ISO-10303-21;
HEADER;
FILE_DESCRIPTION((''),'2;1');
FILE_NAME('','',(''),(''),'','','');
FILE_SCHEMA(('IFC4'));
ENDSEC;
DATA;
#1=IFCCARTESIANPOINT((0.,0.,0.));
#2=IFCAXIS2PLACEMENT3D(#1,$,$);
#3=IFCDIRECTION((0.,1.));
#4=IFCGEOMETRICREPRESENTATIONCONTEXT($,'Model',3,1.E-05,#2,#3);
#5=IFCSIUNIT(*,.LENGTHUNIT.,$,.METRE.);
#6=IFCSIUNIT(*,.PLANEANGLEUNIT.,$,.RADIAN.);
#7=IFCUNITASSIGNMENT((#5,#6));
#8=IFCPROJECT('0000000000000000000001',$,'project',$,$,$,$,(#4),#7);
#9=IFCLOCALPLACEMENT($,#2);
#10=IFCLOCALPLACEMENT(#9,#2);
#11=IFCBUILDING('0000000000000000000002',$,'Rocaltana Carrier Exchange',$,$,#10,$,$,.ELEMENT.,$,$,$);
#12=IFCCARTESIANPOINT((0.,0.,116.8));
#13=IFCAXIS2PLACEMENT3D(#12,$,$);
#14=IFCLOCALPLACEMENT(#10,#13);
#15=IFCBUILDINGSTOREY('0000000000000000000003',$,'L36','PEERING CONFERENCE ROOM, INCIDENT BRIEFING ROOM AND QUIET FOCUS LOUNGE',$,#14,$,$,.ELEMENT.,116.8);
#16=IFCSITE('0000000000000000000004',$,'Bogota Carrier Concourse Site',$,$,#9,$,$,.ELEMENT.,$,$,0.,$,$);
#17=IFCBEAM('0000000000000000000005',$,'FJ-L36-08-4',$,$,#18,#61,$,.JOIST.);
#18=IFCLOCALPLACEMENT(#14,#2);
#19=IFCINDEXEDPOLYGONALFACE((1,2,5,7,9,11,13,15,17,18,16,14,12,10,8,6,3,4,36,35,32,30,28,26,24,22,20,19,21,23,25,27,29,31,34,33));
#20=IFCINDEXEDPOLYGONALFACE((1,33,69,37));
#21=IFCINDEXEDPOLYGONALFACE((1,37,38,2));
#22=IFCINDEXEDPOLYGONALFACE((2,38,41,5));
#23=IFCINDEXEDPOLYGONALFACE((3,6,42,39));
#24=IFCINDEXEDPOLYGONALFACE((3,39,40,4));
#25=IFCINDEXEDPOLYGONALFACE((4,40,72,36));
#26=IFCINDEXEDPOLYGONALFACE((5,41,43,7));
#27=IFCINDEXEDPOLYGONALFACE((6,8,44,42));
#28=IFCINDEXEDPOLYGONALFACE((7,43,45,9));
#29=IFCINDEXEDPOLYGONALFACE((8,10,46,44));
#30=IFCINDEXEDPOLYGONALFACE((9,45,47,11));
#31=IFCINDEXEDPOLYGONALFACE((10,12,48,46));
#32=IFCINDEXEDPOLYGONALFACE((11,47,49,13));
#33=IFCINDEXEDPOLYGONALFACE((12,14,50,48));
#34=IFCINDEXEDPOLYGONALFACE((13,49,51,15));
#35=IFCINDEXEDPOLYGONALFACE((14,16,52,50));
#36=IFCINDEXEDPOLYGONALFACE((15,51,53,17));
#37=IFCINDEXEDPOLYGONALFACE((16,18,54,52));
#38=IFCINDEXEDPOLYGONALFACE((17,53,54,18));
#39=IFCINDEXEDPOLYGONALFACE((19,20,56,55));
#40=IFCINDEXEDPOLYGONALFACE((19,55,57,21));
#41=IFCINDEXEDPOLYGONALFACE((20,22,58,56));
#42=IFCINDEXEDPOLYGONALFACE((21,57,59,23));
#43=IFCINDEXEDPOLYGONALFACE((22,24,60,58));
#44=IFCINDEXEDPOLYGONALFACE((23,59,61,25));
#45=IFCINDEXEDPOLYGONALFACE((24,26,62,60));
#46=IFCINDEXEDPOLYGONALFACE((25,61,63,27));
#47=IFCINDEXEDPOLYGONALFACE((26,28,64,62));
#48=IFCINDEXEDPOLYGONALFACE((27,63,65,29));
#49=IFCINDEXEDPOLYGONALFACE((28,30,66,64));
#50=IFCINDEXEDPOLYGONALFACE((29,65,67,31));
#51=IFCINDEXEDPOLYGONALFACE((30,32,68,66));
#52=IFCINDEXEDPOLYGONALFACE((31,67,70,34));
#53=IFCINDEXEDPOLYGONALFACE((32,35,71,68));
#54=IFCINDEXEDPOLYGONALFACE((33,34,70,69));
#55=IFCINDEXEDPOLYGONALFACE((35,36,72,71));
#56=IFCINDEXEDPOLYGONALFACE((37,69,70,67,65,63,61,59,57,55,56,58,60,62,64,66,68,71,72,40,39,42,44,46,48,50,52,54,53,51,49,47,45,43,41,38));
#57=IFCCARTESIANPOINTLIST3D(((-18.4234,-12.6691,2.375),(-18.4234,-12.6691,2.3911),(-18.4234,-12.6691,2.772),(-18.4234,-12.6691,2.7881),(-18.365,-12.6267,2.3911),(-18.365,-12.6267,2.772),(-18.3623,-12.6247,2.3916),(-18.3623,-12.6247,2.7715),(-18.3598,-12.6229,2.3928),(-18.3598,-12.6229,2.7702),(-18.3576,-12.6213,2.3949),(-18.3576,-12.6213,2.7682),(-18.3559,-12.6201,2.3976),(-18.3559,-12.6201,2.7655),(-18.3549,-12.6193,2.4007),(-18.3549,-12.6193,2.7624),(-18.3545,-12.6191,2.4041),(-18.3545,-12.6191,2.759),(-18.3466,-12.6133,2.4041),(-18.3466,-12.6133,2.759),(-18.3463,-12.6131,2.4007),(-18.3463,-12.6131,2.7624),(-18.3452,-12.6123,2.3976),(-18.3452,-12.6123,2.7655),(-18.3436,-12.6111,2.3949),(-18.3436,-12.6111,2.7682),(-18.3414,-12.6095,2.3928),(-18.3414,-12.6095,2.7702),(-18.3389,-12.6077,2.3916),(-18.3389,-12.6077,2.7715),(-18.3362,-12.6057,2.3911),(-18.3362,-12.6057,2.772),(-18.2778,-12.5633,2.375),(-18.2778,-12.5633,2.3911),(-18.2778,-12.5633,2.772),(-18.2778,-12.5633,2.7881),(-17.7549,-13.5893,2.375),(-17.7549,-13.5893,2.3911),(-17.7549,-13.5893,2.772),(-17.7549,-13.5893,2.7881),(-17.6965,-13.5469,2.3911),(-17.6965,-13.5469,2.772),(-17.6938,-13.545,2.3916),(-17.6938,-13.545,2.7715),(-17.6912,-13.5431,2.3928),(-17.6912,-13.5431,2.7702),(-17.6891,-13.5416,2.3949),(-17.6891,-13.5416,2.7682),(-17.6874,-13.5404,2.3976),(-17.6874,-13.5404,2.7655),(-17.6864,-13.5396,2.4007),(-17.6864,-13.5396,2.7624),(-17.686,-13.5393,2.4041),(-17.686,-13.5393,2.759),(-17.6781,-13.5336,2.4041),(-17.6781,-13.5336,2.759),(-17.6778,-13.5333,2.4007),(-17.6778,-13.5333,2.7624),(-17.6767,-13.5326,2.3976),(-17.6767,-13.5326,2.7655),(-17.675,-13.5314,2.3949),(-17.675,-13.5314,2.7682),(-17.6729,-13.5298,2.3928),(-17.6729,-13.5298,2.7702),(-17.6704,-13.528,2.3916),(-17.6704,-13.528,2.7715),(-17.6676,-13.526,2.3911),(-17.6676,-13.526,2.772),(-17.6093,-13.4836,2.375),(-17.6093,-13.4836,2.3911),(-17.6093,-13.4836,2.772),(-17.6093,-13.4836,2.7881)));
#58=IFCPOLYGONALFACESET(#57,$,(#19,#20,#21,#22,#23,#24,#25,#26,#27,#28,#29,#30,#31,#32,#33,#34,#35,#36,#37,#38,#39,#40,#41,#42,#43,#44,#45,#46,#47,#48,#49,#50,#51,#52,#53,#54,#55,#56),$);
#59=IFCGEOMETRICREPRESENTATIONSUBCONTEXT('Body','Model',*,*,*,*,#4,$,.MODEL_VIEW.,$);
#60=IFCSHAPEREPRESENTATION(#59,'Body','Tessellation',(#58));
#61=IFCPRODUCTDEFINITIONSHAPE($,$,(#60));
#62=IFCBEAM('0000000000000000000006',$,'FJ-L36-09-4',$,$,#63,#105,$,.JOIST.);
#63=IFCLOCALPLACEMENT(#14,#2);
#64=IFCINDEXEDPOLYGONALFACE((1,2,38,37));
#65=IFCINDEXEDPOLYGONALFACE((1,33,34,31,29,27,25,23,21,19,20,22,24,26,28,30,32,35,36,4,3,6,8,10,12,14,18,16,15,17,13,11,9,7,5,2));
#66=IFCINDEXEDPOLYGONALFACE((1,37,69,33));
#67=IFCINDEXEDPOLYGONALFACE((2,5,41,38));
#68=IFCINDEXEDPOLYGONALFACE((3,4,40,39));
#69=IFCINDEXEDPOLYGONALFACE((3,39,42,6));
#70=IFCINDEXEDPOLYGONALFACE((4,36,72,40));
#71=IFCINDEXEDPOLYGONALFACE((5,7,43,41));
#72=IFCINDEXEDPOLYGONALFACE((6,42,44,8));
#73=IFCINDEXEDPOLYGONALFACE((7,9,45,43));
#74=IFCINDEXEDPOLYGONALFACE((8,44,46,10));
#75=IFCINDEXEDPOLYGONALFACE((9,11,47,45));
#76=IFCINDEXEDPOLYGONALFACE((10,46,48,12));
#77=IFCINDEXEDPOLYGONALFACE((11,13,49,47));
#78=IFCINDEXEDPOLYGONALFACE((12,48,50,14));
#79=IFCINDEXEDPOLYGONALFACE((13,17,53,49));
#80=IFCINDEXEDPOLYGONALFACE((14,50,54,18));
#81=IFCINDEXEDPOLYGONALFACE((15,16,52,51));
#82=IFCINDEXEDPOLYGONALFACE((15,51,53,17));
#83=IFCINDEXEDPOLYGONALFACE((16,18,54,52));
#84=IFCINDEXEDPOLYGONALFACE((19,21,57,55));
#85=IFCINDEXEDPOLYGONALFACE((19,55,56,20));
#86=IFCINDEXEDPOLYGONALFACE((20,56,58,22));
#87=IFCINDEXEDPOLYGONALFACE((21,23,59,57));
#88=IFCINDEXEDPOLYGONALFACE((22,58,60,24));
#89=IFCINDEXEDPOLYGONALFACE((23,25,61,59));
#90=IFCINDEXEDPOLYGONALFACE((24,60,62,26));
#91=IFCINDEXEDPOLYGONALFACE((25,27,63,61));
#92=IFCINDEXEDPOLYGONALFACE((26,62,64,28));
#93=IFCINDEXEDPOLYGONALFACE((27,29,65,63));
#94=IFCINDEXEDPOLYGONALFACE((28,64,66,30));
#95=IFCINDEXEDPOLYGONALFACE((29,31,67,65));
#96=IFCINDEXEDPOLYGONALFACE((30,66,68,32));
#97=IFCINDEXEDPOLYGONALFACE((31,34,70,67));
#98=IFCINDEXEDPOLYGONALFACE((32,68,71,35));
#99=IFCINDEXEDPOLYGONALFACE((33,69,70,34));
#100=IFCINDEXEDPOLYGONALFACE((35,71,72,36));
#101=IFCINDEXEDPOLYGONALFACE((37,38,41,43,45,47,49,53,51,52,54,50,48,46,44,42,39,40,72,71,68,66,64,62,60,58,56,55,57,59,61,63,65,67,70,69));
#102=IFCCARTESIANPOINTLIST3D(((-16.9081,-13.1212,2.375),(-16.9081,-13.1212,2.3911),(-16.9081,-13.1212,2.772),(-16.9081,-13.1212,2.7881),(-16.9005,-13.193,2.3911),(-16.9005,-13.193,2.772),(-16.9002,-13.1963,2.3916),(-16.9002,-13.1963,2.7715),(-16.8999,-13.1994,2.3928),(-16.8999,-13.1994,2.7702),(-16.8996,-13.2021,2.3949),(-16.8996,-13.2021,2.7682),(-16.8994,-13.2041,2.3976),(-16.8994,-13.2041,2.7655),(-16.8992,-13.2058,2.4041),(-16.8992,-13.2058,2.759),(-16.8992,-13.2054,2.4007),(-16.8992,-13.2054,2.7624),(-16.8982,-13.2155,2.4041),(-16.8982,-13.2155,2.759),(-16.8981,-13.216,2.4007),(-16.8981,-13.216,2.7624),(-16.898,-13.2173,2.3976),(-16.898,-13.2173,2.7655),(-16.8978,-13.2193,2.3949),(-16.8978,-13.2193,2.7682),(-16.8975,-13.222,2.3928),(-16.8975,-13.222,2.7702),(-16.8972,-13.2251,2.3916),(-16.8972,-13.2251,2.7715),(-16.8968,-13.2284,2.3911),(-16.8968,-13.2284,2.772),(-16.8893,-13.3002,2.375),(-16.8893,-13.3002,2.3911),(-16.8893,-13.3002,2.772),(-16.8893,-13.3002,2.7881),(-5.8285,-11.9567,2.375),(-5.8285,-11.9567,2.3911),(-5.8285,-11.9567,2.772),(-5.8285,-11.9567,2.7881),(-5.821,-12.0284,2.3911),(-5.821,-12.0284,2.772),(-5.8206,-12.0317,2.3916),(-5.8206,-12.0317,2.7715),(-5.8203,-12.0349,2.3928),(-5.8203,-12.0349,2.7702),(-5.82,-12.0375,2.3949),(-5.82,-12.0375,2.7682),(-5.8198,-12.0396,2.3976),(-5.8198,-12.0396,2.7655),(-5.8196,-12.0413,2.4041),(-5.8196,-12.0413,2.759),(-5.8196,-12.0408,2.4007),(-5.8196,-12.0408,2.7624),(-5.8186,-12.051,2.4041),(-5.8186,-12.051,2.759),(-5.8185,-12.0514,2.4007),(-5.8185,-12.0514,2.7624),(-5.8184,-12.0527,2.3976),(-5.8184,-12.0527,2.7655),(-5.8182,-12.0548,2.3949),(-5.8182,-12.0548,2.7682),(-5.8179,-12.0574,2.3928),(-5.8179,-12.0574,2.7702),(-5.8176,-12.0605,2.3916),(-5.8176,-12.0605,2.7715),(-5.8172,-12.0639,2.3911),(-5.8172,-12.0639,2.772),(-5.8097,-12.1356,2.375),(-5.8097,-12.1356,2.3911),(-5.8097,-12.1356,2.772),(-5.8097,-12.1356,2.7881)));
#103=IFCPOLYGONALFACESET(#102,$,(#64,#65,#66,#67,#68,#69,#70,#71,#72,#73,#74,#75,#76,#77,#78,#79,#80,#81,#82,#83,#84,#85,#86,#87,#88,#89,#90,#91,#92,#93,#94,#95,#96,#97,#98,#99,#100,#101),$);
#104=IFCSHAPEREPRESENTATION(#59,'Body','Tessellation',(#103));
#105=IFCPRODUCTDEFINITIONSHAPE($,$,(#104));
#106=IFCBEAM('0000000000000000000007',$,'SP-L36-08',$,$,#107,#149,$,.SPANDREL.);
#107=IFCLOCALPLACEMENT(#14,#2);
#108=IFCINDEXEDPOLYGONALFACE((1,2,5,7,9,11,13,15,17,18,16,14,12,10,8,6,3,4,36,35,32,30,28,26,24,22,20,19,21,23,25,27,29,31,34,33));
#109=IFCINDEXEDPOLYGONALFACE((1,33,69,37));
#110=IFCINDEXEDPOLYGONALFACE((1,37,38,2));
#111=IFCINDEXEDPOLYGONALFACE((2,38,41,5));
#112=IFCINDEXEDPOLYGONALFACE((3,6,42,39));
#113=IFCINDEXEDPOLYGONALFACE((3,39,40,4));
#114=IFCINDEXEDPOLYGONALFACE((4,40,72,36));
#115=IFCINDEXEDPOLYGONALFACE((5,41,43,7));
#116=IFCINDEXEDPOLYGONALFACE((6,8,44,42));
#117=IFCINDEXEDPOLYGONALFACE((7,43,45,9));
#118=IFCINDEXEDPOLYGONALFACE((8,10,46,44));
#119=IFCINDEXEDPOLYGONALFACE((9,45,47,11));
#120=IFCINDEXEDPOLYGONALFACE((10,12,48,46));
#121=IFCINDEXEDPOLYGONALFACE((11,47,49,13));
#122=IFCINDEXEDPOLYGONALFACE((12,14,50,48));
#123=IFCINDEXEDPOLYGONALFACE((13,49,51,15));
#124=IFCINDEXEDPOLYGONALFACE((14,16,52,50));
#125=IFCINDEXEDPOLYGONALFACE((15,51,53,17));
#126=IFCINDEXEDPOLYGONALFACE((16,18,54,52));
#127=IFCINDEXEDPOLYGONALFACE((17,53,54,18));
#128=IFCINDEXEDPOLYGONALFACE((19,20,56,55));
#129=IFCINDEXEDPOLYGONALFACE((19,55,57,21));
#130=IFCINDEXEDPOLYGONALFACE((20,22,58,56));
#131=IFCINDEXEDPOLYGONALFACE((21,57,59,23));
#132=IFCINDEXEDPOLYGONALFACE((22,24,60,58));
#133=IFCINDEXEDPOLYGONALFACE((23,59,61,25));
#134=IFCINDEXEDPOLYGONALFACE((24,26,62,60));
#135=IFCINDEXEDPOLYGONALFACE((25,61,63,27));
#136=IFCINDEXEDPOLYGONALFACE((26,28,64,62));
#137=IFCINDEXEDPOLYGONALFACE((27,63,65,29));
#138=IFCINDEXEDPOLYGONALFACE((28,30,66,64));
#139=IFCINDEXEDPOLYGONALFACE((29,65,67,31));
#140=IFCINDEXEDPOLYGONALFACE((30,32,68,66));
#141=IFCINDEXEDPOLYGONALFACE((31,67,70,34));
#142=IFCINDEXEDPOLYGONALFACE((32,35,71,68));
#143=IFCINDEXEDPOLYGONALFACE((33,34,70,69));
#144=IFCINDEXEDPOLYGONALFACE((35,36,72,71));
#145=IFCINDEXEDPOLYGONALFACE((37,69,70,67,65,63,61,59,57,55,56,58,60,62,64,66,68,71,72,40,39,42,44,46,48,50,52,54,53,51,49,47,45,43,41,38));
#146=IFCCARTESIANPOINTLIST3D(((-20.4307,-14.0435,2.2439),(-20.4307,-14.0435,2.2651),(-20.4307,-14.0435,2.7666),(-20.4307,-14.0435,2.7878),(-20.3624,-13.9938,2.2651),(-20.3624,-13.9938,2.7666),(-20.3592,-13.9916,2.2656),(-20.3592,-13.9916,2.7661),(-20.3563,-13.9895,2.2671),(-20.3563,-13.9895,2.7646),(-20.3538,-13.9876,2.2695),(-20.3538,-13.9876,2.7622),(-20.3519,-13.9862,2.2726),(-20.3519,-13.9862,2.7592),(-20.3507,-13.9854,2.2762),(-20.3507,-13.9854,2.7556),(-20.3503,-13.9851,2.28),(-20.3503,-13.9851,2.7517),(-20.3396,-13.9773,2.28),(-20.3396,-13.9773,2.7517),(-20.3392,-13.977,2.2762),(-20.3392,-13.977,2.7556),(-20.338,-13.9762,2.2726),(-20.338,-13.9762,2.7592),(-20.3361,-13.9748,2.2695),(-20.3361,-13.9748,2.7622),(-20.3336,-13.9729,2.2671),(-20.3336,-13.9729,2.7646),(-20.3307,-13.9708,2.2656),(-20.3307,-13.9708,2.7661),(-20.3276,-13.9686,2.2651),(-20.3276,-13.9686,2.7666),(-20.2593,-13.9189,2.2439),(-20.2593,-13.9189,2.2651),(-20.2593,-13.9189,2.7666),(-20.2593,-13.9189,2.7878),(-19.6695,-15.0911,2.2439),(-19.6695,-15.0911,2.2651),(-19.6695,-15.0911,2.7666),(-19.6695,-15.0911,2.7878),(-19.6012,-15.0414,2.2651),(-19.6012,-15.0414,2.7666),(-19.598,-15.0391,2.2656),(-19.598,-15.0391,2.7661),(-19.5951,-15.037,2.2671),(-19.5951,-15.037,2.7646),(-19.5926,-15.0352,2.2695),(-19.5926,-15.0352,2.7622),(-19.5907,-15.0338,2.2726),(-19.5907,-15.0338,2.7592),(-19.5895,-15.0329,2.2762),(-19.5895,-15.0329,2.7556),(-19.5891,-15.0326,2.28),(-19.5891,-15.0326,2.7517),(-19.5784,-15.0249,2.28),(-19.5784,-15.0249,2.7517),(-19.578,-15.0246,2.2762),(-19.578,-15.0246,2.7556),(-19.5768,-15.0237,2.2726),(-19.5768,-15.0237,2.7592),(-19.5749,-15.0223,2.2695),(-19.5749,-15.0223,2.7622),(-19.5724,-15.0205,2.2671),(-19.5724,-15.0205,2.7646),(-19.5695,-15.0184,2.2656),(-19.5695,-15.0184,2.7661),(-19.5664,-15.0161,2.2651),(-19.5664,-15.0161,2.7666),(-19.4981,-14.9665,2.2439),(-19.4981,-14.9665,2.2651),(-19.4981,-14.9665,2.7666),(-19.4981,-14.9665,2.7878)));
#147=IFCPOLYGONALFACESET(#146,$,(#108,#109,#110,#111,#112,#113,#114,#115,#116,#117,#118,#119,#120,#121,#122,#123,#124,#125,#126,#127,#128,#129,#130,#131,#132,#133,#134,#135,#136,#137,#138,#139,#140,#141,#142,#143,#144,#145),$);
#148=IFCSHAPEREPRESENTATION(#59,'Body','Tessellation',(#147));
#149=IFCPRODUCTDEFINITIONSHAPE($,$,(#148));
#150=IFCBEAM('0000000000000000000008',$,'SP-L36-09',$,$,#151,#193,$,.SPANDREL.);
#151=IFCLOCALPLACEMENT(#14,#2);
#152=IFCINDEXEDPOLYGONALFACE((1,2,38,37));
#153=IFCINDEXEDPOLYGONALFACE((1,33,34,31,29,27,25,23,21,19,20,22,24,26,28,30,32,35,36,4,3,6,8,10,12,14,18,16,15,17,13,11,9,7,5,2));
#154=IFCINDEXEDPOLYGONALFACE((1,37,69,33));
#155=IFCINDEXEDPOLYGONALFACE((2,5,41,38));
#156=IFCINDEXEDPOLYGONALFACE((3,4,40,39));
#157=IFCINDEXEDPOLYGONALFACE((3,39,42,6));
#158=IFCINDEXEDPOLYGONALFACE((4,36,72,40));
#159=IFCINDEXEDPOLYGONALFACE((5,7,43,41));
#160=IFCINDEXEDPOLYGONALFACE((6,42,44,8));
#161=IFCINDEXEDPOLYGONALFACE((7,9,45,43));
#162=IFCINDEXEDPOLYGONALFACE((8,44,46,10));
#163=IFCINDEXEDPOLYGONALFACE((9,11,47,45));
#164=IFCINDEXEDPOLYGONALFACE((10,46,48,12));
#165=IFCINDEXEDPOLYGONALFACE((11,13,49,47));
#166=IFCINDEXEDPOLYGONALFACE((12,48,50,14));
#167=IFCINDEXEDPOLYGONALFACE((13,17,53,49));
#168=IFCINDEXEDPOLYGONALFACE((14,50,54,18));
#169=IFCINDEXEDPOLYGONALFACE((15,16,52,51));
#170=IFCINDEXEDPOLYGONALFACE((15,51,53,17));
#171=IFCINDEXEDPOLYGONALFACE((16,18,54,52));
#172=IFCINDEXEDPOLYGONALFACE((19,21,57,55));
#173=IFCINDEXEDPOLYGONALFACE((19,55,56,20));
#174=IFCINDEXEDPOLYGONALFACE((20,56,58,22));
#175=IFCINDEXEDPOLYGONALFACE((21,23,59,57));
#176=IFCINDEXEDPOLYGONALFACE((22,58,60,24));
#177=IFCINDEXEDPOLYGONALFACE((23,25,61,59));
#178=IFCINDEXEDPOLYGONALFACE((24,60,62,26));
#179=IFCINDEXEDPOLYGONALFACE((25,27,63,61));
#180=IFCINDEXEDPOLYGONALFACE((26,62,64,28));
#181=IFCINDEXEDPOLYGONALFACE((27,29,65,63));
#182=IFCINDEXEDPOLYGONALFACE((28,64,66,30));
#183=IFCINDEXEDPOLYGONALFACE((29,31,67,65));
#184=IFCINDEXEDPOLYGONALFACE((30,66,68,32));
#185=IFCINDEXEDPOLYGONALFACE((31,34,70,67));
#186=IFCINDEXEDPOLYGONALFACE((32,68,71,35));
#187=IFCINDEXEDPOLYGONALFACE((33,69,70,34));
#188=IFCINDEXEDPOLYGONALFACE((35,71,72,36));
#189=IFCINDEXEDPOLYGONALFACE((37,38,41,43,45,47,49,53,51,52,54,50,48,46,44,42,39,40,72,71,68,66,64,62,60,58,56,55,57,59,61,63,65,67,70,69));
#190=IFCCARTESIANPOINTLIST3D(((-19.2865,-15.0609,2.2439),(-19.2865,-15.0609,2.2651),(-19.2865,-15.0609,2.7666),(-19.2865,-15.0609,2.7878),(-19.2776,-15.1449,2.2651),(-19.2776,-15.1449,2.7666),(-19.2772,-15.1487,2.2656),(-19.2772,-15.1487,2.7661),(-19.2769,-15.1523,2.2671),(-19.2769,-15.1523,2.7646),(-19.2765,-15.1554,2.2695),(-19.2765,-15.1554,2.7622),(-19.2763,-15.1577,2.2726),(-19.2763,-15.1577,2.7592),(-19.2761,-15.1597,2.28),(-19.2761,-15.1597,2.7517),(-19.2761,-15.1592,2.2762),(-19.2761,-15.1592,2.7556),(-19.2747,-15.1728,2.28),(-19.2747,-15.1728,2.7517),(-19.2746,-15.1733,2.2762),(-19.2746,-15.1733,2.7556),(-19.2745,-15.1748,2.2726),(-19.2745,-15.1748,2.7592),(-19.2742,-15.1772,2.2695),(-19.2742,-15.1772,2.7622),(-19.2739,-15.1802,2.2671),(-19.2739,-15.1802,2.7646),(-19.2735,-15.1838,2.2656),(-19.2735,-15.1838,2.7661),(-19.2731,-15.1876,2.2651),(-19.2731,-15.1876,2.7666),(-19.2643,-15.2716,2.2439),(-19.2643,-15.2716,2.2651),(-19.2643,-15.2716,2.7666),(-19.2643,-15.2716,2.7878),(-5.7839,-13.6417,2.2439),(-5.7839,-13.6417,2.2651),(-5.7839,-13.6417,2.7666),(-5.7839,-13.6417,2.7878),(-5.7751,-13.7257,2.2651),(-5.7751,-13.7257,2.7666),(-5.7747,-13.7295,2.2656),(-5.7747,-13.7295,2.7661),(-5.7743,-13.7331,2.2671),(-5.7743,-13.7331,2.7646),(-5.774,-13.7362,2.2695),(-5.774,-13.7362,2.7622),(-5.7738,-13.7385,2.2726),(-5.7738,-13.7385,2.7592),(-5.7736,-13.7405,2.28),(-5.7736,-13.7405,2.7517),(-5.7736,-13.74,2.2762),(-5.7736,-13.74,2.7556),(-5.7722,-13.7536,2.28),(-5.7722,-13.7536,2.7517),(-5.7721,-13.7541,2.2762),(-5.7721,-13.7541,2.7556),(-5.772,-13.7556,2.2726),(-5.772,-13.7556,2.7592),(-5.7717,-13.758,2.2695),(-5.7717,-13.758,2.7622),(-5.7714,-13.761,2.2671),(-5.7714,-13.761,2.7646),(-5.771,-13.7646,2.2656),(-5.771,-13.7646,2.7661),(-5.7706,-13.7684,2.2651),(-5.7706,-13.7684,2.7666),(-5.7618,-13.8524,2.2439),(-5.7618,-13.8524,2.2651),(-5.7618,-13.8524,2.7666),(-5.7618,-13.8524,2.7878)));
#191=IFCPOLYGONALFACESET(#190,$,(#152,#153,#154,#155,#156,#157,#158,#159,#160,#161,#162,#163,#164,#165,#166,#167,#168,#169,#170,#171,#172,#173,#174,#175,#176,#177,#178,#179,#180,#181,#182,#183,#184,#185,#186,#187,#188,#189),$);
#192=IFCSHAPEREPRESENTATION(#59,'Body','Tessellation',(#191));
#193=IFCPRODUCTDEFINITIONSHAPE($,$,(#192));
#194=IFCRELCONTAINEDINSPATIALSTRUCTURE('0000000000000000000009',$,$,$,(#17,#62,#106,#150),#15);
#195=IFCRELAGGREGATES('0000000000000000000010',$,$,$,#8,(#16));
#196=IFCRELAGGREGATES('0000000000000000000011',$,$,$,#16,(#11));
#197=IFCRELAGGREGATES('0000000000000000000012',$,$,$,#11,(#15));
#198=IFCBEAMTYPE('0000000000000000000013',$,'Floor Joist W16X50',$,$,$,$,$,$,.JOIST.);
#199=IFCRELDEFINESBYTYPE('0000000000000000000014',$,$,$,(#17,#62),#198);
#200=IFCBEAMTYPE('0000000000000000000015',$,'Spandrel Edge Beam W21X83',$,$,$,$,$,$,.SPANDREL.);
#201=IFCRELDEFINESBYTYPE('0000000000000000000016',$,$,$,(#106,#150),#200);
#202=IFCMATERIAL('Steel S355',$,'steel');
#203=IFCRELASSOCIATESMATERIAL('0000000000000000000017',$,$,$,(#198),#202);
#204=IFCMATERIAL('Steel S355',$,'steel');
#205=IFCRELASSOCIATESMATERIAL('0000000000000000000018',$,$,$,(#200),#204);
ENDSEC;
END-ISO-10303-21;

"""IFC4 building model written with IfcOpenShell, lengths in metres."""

from ifc_helpers import new_model, si_unit, direction, frame, origin, origin_2d, place, context, subcontext, project, spatial, i_section, extrude, material, material_profile, profile_set, type_object, element, save


model = new_model("IFC4")

# Units and contexts
model_context = context("Model", 3, precision=1e-05, world=origin(), true_north=direction((0.0, 1.0)))
body_context = subcontext(model_context, "Body", "Model", "MODEL_VIEW")
ifc_project = project(units=[si_unit("LENGTHUNIT", "METRE"), si_unit("PLANEANGLEUNIT", "RADIAN")], contexts=[model_context])

# Site, building, storey
site_placement = place(None, origin())
site = spatial("IfcSite", under=ifc_project, at=site_placement, Name="Bogota Carrier Concourse Site", CompositionType="ELEMENT", RefElevation=0.0)
building_placement = place(site_placement, origin())
building = spatial("IfcBuilding", under=site, at=building_placement, Name="Rocaltana Carrier Exchange", CompositionType="ELEMENT")
storey_placement = place(building_placement, frame((0.0, 0.0, 116.8)))
storey = spatial("IfcBuildingStorey", under=building, at=storey_placement, Name="L36", Description="PEERING CONFERENCE ROOM, INCIDENT BRIEFING ROOM AND QUIET FOCUS LOUNGE", CompositionType="ELEMENT", Elevation=116.8)

# Beams
ifc_material_1 = material(Name="Steel S355", Category="steel")
ifc_material_profile_1 = material_profile(ifc_material_1, i_section(OverallWidth=0.1799, OverallDepth=0.4131, WebThickness=0.0098, FlangeThickness=0.0161, FilletRadius=0.0129, at=origin_2d()), Name="W16X50")
ifc_profile_set_1 = profile_set([ifc_material_profile_1], Name="Steel S355")
beam_type_1 = type_object("IfcBeamType", Name="Floor Joist W16X50", PredefinedType="JOIST", material=ifc_profile_set_1)
beam_1_placement = place(storey_placement, frame((-18.3506, -12.6162, 2.5815), z_axis=(0.587738, -0.809052, 0.0), x_axis=(0.809052, 0.587738, 0.0)))
element("IfcBeam", 1, at=beam_1_placement, inside=storey, type_object=beam_type_1, Name="FJ-L36-08-4", PredefinedType="JOIST", context=body_context, shape_type="SweptSolid", body=[
    extrude(i_section(OverallWidth=0.1799, OverallDepth=0.4131, WebThickness=0.0098, FlangeThickness=0.0161, FilletRadius=0.0129, at=origin_2d()), origin(), (0.0, 0.0, 1.0), 1.1375),
])
beam_2_placement = place(storey_placement, frame((-16.8987, -13.2107, 2.5815), z_axis=(0.994522, 0.104532, 0.0), x_axis=(-0.104532, 0.994522, 0.0)))
element("IfcBeam", 2, at=beam_2_placement, inside=storey, type_object=beam_type_1, Name="FJ-L36-09-4", PredefinedType="JOIST", context=body_context, shape_type="SweptSolid", body=[
    extrude(i_section(OverallWidth=0.1799, OverallDepth=0.4131, WebThickness=0.0098, FlangeThickness=0.0161, FilletRadius=0.0129, at=origin_2d()), origin(), (0.0, 0.0, 1.0), 11.1406),
])
ifc_material_2 = material(Name="Steel S355", Category="steel")
ifc_material_profile_2 = material_profile(ifc_material_2, i_section(OverallWidth=0.2119, OverallDepth=0.5439, WebThickness=0.0132, FlangeThickness=0.0212, FilletRadius=0.0149, at=origin_2d()), Name="W21X83")
ifc_profile_set_2 = profile_set([ifc_material_profile_2], Name="Steel S355")
beam_type_2 = type_object("IfcBeamType", Name="Spandrel Edge Beam W21X83", PredefinedType="SPANDREL", material=ifc_profile_set_2)
beam_3_placement = place(storey_placement, frame((-20.345, -13.9812, 2.5159), z_axis=(0.587835, -0.808981, 0.0), x_axis=(0.808981, 0.587835, 0.0)))
element("IfcBeam", 3, at=beam_3_placement, inside=storey, type_object=beam_type_2, Name="SP-L36-08", PredefinedType="SPANDREL", context=body_context, shape_type="SweptSolid", body=[
    extrude(i_section(OverallWidth=0.2119, OverallDepth=0.5439, WebThickness=0.0132, FlangeThickness=0.0212, FilletRadius=0.0149, at=origin_2d()), origin(), (0.0, 0.0, 1.0), 1.2949),
])
beam_4_placement = place(storey_placement, frame((-19.2754, -15.1663, 2.5159), z_axis=(0.994522, 0.10453, 0.0), x_axis=(-0.10453, 0.994522, 0.0)))
element("IfcBeam", 4, at=beam_4_placement, inside=storey, type_object=beam_type_2, Name="SP-L36-09", PredefinedType="SPANDREL", context=body_context, shape_type="SweptSolid", body=[
    extrude(i_section(OverallWidth=0.2119, OverallDepth=0.5439, WebThickness=0.0132, FlangeThickness=0.0212, FilletRadius=0.0149, at=origin_2d()), origin(), (0.0, 0.0, 1.0), 13.5769),
])

save(model, "model.ifc")
